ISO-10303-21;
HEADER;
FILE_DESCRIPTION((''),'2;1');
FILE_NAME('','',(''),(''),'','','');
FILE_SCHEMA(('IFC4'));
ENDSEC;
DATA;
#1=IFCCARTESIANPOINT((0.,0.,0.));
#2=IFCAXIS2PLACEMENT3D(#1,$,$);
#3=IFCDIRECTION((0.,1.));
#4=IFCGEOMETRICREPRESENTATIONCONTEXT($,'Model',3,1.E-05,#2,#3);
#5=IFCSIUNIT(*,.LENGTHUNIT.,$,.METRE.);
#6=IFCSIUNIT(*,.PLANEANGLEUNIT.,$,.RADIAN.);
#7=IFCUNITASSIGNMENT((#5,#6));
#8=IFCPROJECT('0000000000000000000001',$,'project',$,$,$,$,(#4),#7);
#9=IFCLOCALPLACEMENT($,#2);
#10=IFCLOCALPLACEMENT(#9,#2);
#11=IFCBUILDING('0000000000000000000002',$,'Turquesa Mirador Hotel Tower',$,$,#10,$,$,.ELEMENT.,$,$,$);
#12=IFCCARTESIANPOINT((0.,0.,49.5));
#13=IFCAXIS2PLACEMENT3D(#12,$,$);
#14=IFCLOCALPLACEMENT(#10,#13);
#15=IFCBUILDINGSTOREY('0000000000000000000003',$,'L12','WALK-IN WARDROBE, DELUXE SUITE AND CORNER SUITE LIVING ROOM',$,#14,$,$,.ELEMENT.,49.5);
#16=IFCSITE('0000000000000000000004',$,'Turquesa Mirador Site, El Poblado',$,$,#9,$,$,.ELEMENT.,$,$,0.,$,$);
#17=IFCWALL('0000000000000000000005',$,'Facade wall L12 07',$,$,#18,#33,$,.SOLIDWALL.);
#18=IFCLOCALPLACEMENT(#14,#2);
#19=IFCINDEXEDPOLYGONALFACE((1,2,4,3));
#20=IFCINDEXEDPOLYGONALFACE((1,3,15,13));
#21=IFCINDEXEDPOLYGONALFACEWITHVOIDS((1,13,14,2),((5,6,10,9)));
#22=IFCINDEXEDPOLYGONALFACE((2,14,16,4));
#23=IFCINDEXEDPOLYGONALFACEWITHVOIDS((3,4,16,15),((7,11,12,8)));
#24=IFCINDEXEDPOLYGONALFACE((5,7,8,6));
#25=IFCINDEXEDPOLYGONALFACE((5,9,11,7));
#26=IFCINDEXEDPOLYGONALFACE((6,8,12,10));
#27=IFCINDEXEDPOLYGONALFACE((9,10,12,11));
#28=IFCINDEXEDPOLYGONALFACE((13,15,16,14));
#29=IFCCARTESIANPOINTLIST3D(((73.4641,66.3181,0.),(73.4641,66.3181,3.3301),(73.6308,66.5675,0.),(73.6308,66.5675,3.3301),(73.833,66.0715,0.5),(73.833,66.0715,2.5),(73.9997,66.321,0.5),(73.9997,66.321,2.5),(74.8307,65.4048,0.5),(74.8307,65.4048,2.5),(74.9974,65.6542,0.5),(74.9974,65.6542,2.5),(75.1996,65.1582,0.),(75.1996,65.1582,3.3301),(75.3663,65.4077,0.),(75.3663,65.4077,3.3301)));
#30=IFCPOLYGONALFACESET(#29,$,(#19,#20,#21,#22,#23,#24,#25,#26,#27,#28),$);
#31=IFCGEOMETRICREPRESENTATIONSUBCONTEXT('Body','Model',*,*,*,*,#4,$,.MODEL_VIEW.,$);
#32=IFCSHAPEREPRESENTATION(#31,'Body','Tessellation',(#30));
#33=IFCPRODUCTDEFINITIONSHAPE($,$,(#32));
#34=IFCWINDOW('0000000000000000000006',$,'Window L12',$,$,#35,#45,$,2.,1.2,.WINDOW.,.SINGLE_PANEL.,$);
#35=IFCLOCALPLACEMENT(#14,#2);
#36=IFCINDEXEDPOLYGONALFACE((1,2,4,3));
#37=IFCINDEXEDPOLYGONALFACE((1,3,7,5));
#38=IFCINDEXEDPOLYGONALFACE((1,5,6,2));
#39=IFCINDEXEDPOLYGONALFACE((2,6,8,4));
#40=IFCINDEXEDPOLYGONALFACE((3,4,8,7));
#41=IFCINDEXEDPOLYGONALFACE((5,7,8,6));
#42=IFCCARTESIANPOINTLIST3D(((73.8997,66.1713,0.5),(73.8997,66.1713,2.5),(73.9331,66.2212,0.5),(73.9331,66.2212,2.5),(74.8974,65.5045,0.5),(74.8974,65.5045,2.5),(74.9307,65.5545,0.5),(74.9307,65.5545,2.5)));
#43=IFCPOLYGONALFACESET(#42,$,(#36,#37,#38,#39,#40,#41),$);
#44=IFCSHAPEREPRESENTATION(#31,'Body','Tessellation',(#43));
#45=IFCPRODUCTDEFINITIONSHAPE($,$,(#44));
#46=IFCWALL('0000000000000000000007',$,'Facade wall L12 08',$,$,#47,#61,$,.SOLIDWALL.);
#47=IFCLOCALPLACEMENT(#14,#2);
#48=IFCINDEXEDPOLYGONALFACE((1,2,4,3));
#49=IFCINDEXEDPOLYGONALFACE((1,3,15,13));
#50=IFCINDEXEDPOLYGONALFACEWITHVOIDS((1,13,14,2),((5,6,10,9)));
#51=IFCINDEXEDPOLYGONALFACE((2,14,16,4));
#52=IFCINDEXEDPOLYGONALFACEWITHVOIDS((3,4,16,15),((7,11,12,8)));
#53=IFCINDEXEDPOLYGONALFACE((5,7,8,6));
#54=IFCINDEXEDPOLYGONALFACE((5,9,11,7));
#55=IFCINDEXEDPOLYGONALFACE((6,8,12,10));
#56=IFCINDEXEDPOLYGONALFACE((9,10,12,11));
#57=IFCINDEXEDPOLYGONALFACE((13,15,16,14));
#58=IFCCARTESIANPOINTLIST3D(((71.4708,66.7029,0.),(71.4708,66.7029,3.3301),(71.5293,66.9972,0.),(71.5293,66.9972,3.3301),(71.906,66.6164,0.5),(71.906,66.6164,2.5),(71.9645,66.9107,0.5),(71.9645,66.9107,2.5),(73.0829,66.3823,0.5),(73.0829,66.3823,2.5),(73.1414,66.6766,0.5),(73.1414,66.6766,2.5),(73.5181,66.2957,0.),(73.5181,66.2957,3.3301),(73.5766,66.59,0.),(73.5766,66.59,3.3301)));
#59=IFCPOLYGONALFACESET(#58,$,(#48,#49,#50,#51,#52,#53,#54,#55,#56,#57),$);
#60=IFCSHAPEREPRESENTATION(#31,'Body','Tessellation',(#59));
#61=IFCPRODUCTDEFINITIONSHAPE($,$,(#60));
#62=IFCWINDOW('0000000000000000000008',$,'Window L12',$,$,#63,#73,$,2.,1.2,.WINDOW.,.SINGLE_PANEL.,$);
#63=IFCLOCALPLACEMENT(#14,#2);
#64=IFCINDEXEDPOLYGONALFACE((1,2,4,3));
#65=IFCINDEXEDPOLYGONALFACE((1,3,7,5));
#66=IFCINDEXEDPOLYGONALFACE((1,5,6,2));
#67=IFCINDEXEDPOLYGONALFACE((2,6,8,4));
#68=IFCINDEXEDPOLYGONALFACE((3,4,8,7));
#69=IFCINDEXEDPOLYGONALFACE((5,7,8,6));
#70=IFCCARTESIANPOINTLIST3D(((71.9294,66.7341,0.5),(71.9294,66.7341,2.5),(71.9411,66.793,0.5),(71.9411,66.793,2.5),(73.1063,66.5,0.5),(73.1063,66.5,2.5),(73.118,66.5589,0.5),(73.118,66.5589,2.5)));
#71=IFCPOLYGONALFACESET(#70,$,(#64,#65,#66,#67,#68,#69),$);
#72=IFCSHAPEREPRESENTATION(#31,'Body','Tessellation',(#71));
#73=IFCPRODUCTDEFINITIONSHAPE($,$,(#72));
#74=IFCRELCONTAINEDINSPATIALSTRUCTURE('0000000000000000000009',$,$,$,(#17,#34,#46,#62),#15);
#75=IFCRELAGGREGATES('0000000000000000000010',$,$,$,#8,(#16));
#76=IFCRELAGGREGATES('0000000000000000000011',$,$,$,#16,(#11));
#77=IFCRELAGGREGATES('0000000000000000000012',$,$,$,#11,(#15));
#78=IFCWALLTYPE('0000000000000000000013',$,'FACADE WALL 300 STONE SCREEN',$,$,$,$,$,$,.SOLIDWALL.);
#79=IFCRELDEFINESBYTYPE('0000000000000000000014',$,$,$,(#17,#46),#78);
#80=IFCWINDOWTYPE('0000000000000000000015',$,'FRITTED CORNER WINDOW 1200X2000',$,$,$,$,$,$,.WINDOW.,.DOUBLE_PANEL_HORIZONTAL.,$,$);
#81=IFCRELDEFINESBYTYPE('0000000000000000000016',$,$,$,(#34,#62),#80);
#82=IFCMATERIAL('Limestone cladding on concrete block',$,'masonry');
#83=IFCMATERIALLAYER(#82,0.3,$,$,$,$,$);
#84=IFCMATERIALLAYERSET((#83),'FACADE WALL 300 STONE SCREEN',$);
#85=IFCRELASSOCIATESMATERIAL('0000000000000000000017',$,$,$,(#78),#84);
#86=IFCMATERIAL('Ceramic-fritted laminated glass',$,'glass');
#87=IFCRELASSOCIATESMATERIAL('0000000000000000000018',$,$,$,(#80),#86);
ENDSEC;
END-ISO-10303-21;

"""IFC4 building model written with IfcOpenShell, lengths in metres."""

from ifc_helpers import new_model, si_unit, direction, frame, frame_2d, origin, place, context, subcontext, project, spatial, rectangle, extrude, material, layer, layer_set, type_object, element, fill, save


model = new_model("IFC4")

# Units and contexts
model_context = context("Model", 3, precision=1e-05, world=origin(), true_north=direction((0.0, 1.0)))
body_context = subcontext(model_context, "Body", "Model", "MODEL_VIEW")
ifc_project = project(units=[si_unit("LENGTHUNIT", "METRE"), si_unit("PLANEANGLEUNIT", "RADIAN")], contexts=[model_context])

# Site, building, storey
site_placement = place(None, origin())
site = spatial("IfcSite", under=ifc_project, at=site_placement, Name="Turquesa Mirador Site, El Poblado", CompositionType="ELEMENT", RefElevation=0.0)
building_placement = place(site_placement, origin())
building = spatial("IfcBuilding", under=site, at=building_placement, Name="Turquesa Mirador Hotel Tower", CompositionType="ELEMENT")
storey_placement = place(building_placement, frame((0.0, 0.0, 49.5)))
storey = spatial("IfcBuildingStorey", under=building, at=storey_placement, Name="L12", Description="WALK-IN WARDROBE, DELUXE SUITE AND CORNER SUITE LIVING ROOM", CompositionType="ELEMENT", Elevation=49.5)

# Walls, openings, windows
ifc_material_1 = material(Name="Limestone cladding on concrete block", Category="masonry")
ifc_layer_1 = layer(ifc_material_1, 0.3)
ifc_layer_set_1 = layer_set([ifc_layer_1], Name="FACADE WALL 300 STONE SCREEN")
wall_type_1 = type_object("IfcWallType", Name="FACADE WALL 300 STONE SCREEN", PredefinedType="SOLIDWALL", material=ifc_layer_set_1)
ifc_material_2 = material(Name="Ceramic-fritted laminated glass", Category="glass")
window_type_1 = type_object("IfcWindowType", Name="FRITTED CORNER WINDOW 1200X2000", PartitioningType="DOUBLE_PANEL_HORIZONTAL", PredefinedType="WINDOW", material=ifc_material_2)
wall_1_placement = place(storey_placement, frame((75.283, 65.283, 0.0), z_axis=(0.0, 0.0, 1.0), x_axis=(-0.83142, 0.555644, 0.0)))
wall_1 = element("IfcWall", 1, at=wall_1_placement, inside=storey, type_object=wall_type_1, Name="Facade wall L12 07", PredefinedType="SOLIDWALL", context=body_context, shape_type="SweptSolid", body=[
    extrude(rectangle(XDim=2.0874, YDim=0.3, at=frame_2d((1.0437, 0.0))), origin(), (0.0, 0.0, 1.0), 3.3301),
])
opening_1_placement = place(wall_1_placement, frame((0.4436, 0.0, 0.5)))
opening_1 = element("IfcOpeningElement", 2, at=opening_1_placement, cuts=wall_1, PredefinedType="OPENING", context=body_context, shape_type="SweptSolid", body=[
    extrude(rectangle(XDim=1.2, YDim=2.0, at=frame_2d((0.6001, 1.0))), frame((0.0, 0.1599, 0.0), z_axis=(0.0, -1.0, 0.0), x_axis=(1.0, 0.0, 0.0)), (0.0, 0.0, 1.0), 0.3201),
])
window_1_placement = place(opening_1_placement, origin())
window_1 = element("IfcWindow", 3, at=window_1_placement, inside=storey, type_object=window_type_1, Name="Window L12", OverallHeight=2.0, OverallWidth=1.2, PartitioningType="SINGLE_PANEL", PredefinedType="WINDOW", context=body_context, shape_type="SweptSolid", body=[
    extrude(rectangle(XDim=1.2, YDim=2.0, at=frame_2d((0.6001, 1.0))), frame((0.0, 0.03, 0.0), z_axis=(0.0, -1.0, 0.0), x_axis=(1.0, 0.0, 0.0)), (0.0, 0.0, 1.0), 0.0601),
])
fill(opening_1, window_1)
wall_2_placement = place(storey_placement, frame((73.5474, 66.4429, 0.0), z_axis=(0.0, 0.0, 1.0), x_axis=(-0.980787, 0.195081, 0.0)))
wall_2 = element("IfcWall", 4, at=wall_2_placement, inside=storey, type_object=wall_type_1, Name="Facade wall L12 08", PredefinedType="SOLIDWALL", context=body_context, shape_type="SweptSolid", body=[
    extrude(rectangle(XDim=2.0874, YDim=0.3, at=frame_2d((1.0437, 0.0))), origin(), (0.0, 0.0, 1.0), 3.3301),
])
opening_2_placement = place(wall_2_placement, frame((0.4436, 0.0, 0.5)))
opening_2 = element("IfcOpeningElement", 5, at=opening_2_placement, cuts=wall_2, PredefinedType="OPENING", context=body_context, shape_type="SweptSolid", body=[
    extrude(rectangle(XDim=1.2, YDim=2.0, at=frame_2d((0.6001, 1.0))), frame((0.0, 0.1599, 0.0), z_axis=(0.0, -1.0, 0.0), x_axis=(1.0, 0.0, 0.0)), (0.0, 0.0, 1.0), 0.3201),
])
window_2_placement = place(opening_2_placement, origin())
window_2 = element("IfcWindow", 6, at=window_2_placement, inside=storey, type_object=window_type_1, Name="Window L12", OverallHeight=2.0, OverallWidth=1.2, PartitioningType="SINGLE_PANEL", PredefinedType="WINDOW", context=body_context, shape_type="SweptSolid", body=[
    extrude(rectangle(XDim=1.2, YDim=2.0, at=frame_2d((0.6001, 1.0))), frame((0.0, 0.03, 0.0), z_axis=(0.0, -1.0, 0.0), x_axis=(1.0, 0.0, 0.0)), (0.0, 0.0, 1.0), 0.0601),
])
fill(opening_2, window_2)

save(model, "model.ifc")
